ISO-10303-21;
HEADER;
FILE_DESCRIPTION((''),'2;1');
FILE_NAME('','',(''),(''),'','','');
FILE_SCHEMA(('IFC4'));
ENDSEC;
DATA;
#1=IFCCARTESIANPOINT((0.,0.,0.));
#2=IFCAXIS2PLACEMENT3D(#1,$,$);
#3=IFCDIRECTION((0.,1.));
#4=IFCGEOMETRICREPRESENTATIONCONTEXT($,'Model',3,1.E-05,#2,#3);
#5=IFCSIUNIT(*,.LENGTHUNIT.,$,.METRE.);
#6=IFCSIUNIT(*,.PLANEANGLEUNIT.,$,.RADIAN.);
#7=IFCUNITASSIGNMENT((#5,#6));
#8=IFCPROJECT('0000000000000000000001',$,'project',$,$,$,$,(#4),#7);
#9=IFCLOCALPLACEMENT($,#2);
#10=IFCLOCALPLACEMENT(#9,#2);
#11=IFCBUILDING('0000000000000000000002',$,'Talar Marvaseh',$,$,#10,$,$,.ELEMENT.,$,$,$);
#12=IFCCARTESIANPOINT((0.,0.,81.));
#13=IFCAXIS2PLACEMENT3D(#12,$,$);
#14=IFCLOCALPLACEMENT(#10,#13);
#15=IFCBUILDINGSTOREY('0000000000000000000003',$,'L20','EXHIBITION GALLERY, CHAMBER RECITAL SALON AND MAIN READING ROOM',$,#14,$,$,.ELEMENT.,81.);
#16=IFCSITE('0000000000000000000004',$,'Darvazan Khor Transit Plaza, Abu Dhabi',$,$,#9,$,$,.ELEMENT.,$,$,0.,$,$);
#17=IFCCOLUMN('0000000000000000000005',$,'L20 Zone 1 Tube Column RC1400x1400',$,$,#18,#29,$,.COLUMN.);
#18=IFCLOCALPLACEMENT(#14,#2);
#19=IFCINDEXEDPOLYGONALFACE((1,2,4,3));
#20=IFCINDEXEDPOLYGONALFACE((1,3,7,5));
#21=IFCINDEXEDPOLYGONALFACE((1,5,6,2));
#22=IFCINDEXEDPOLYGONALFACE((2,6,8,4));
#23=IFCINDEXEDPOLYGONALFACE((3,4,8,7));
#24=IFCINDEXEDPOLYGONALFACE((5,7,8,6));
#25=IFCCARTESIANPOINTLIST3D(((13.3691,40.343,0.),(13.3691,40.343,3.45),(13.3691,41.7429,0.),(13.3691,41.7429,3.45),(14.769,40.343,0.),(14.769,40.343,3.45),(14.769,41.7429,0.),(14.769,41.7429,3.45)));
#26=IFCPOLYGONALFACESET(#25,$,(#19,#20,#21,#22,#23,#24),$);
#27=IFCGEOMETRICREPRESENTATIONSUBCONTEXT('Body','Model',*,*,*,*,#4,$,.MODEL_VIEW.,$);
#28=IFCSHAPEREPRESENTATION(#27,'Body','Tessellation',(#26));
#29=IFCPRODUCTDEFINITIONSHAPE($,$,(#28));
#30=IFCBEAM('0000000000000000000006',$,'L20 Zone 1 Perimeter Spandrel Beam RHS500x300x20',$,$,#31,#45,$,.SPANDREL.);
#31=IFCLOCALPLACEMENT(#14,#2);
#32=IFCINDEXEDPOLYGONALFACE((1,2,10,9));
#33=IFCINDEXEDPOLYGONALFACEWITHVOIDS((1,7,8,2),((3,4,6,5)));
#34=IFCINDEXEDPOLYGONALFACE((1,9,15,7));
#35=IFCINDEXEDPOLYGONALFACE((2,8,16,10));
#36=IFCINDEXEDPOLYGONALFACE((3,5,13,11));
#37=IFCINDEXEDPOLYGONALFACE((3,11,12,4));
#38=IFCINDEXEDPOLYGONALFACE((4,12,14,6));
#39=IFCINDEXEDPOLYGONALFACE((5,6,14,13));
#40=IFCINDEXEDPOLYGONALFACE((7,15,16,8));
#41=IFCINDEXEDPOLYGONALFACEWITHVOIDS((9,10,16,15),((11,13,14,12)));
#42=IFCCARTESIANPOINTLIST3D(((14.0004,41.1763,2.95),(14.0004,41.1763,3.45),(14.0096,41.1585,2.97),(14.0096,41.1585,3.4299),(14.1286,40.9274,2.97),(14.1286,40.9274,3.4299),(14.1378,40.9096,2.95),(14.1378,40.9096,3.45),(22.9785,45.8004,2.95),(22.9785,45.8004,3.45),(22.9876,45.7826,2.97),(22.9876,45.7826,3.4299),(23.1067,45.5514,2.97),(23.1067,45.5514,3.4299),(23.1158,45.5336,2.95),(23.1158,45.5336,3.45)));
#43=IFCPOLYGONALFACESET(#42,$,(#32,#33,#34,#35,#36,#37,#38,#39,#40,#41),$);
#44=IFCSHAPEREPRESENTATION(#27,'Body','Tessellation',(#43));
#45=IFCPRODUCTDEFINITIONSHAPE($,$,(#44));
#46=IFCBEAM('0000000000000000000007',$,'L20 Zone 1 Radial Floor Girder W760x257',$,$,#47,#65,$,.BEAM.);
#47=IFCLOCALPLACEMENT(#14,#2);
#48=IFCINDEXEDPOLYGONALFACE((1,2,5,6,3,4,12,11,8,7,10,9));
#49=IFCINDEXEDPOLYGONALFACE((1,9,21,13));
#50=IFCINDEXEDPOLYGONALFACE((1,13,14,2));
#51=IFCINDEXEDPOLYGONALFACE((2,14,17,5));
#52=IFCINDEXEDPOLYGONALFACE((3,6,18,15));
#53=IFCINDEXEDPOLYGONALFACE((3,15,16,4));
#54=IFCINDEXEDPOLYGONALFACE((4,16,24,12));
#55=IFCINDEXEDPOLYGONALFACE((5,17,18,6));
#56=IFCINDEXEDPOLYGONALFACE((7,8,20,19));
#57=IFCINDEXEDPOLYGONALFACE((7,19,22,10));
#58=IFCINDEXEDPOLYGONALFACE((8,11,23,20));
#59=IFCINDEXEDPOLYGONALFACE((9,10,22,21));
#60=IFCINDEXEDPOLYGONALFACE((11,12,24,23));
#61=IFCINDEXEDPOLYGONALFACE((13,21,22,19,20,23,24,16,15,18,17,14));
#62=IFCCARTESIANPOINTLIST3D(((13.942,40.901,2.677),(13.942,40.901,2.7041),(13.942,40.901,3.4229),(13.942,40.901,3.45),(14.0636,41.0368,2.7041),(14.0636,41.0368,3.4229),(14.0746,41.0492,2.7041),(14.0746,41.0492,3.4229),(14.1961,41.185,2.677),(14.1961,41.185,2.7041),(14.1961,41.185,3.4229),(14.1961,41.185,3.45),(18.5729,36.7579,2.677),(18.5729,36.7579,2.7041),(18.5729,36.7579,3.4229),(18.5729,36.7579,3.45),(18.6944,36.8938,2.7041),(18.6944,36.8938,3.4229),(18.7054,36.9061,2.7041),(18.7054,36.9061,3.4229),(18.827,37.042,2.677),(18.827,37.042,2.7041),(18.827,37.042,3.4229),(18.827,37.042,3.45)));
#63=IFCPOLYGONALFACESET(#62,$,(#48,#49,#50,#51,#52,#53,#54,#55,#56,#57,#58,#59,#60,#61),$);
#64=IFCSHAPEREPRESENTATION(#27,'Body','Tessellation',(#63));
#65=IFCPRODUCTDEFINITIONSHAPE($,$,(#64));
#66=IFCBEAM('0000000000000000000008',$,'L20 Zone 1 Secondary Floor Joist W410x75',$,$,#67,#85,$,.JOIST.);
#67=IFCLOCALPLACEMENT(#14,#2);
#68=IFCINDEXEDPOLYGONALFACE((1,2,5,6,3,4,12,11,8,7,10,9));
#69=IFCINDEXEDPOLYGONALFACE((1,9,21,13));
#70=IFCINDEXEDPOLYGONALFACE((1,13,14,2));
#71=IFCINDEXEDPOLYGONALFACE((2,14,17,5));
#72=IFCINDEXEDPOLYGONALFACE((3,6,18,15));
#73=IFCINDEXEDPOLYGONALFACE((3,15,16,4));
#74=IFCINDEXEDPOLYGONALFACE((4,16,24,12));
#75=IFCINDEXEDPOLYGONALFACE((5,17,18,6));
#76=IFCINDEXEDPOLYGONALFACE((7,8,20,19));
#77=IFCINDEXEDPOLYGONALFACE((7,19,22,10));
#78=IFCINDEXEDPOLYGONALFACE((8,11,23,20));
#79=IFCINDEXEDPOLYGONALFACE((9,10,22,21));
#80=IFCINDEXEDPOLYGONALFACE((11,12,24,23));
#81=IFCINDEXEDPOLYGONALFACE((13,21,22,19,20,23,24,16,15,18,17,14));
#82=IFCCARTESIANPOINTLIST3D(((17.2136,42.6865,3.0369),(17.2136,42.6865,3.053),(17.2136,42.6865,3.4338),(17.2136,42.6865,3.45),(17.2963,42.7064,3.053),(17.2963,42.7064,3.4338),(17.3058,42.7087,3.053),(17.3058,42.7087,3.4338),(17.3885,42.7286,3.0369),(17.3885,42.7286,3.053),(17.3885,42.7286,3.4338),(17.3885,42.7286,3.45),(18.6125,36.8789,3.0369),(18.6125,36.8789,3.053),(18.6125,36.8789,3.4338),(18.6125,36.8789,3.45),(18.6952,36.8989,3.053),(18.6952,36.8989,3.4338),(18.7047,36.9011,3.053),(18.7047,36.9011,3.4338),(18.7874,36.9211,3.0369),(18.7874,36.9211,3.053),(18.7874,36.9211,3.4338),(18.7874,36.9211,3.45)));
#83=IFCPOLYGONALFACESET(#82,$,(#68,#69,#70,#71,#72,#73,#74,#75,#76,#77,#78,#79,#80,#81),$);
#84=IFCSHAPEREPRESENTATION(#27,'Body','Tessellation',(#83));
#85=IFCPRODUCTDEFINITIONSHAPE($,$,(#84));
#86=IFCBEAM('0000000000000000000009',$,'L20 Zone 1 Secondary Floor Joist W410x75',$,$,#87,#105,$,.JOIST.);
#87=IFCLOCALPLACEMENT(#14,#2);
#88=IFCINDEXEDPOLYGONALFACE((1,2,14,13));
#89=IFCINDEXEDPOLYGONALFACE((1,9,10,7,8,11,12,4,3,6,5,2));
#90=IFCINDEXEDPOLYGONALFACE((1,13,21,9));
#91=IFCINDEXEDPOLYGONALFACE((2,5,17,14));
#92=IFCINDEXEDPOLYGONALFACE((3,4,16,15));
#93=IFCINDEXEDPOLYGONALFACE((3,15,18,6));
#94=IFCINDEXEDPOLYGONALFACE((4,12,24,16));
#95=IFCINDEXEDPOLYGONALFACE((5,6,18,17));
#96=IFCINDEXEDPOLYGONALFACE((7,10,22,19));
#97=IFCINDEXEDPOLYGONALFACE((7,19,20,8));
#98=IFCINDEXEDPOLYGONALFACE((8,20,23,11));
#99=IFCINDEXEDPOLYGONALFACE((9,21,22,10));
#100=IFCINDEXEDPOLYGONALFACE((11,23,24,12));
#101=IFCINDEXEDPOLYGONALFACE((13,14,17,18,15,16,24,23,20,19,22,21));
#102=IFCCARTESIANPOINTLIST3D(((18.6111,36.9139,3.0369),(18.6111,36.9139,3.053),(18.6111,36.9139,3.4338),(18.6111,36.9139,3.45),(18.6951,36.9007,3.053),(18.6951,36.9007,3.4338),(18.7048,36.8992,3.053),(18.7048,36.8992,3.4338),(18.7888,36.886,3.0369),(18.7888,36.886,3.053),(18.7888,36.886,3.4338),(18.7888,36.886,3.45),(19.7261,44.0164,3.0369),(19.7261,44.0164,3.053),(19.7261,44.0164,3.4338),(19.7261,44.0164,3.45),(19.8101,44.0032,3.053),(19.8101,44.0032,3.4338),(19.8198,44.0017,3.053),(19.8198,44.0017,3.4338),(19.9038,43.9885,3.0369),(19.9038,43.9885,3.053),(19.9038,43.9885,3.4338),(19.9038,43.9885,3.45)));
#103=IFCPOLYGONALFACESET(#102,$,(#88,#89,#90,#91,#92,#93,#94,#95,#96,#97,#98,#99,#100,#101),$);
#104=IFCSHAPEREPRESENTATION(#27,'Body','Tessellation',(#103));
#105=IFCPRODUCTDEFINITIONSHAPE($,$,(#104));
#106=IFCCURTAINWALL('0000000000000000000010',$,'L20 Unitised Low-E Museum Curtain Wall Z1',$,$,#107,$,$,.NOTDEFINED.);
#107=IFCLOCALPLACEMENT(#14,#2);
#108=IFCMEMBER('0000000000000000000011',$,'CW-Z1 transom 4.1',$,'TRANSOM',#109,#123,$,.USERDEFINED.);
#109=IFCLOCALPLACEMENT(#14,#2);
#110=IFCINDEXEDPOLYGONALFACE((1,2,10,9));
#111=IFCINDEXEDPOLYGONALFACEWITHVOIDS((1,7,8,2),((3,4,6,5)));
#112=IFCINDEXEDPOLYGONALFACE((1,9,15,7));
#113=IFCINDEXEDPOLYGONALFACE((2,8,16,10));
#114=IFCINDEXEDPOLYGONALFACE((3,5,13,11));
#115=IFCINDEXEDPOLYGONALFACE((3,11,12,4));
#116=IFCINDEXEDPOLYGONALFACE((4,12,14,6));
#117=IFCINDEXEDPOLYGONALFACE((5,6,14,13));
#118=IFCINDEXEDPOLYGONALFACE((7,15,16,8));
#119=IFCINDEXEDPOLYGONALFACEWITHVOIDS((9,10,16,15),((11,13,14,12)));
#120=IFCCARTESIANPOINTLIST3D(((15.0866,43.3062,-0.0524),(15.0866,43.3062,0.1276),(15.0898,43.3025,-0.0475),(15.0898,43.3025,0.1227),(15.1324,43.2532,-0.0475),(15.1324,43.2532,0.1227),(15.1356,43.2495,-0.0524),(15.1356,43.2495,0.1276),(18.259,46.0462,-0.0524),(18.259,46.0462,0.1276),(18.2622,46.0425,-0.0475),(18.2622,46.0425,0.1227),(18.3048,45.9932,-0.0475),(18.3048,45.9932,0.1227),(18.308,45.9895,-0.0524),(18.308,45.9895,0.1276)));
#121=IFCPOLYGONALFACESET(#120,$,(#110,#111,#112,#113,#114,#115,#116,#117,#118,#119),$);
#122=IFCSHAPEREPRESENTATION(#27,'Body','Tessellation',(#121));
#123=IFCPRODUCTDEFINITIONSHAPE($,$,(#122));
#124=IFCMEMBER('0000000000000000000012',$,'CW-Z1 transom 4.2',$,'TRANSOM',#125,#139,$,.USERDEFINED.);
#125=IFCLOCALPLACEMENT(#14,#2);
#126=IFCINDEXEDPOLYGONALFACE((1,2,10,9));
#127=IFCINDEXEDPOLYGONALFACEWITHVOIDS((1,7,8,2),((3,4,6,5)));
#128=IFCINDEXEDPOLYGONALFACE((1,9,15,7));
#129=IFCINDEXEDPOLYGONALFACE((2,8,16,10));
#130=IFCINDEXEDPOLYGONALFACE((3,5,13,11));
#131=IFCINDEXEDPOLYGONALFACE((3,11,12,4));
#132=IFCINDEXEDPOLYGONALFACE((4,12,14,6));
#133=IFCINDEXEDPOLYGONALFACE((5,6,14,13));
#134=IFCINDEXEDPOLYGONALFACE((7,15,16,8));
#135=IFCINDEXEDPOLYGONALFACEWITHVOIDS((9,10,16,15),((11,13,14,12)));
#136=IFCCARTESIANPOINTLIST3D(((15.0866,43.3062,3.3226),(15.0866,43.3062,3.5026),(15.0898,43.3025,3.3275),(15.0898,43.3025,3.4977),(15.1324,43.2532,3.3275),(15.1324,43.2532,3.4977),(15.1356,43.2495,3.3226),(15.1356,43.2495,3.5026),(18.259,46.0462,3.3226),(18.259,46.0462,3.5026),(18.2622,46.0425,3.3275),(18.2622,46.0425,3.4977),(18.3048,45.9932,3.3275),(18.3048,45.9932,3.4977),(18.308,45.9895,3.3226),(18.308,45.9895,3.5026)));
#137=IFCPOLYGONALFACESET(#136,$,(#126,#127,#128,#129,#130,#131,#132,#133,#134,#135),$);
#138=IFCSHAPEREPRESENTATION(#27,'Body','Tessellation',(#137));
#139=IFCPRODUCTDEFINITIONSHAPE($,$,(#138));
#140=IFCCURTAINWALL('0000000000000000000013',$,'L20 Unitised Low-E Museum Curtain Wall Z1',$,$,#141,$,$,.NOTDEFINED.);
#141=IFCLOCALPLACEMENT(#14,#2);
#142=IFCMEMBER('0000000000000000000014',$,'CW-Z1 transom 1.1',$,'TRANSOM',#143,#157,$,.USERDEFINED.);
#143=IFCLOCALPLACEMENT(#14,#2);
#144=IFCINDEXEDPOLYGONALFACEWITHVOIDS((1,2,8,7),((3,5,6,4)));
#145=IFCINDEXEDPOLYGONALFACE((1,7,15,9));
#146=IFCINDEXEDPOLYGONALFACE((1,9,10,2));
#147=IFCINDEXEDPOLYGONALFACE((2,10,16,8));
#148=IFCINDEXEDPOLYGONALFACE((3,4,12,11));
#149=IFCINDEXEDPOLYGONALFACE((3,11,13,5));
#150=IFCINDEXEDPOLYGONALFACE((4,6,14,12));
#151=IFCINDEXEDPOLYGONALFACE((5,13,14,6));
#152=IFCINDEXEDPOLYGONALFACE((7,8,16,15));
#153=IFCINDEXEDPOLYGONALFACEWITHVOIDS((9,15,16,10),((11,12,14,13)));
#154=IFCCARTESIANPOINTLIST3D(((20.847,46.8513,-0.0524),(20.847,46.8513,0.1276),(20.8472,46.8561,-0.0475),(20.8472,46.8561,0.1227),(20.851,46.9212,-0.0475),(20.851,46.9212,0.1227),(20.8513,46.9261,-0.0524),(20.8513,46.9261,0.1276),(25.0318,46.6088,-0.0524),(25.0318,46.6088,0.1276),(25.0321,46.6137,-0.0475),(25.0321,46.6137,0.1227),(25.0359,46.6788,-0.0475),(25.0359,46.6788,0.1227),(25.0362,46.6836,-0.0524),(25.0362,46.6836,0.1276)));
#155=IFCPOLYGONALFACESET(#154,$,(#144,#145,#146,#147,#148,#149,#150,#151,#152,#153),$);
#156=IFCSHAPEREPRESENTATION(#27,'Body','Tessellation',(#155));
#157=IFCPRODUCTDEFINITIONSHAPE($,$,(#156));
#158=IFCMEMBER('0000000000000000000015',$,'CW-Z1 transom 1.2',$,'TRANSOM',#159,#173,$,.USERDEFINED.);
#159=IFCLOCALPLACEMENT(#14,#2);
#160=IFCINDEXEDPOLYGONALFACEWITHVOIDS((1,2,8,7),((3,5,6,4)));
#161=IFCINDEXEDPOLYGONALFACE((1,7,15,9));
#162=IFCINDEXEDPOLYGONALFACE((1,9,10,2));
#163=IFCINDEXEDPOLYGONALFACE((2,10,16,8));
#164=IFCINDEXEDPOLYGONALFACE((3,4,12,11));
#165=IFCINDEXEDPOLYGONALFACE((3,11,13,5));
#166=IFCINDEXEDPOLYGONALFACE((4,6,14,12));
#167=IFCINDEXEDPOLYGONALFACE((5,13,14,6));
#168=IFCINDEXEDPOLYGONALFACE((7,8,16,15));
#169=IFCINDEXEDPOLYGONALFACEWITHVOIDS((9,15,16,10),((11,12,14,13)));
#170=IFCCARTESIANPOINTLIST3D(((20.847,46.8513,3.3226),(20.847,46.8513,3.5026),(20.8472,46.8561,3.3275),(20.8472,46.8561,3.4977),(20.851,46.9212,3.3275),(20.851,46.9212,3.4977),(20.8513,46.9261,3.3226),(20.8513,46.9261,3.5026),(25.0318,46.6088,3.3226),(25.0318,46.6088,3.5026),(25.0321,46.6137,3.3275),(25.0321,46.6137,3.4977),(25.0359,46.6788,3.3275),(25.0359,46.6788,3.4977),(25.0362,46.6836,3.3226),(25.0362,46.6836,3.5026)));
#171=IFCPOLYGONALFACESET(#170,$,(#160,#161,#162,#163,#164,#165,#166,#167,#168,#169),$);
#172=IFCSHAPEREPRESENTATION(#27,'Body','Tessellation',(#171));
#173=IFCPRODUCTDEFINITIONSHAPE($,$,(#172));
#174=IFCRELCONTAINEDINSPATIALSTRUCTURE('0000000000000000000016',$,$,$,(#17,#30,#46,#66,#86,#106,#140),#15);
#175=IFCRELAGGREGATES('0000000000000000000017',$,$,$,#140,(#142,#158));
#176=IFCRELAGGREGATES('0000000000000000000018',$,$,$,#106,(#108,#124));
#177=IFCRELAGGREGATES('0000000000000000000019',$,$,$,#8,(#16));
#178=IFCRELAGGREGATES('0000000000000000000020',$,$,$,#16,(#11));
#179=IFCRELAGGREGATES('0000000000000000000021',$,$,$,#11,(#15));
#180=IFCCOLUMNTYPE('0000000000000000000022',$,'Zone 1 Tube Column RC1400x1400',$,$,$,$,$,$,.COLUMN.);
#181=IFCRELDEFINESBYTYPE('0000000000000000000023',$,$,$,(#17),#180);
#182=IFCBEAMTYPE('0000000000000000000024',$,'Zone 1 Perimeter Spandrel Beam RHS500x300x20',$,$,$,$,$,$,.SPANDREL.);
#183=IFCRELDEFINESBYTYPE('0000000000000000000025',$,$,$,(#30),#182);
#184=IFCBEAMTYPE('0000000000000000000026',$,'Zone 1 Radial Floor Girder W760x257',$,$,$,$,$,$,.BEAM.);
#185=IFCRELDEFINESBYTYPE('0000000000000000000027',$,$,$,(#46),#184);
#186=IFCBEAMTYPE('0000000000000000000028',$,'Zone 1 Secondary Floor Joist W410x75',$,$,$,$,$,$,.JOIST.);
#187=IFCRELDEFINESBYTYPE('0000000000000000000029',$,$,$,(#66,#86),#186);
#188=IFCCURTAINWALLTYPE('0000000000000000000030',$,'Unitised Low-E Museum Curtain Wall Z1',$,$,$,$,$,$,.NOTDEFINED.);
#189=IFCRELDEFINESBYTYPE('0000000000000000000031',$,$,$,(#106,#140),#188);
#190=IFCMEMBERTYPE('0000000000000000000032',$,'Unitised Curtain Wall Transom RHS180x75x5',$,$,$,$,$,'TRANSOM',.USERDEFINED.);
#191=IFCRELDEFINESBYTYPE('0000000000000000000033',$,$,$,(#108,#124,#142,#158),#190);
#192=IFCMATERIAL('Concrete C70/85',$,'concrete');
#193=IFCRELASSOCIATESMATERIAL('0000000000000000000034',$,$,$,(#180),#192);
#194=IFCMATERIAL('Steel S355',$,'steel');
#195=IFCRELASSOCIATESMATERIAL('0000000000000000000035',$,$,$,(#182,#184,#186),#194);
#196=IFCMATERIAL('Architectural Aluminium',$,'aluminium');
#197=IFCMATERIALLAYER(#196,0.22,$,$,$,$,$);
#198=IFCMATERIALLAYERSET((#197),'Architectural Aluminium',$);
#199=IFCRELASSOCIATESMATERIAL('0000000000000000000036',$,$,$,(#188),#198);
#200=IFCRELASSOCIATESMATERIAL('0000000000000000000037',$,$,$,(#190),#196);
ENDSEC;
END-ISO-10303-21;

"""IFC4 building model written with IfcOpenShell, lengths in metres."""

from ifc_helpers import new_model, si_unit, direction, frame, origin, origin_2d, place, context, subcontext, project, spatial, rectangle, hollow_rectangle, i_section, extrude, source, transform, mapped, material, layer, layer_set, material_profile, profile_set, type_object, type_shapes, element, aggregate, save


model = new_model("IFC4")

# Units and contexts
model_context = context("Model", 3, precision=1e-05, world=origin(), true_north=direction((0.0, 1.0)))
body_context = subcontext(model_context, "Body", "Model", "MODEL_VIEW")
ifc_project = project(units=[si_unit("LENGTHUNIT", "METRE"), si_unit("PLANEANGLEUNIT", "RADIAN")], contexts=[model_context])

# Site, building, storey
site_placement = place(None, origin())
site = spatial("IfcSite", under=ifc_project, at=site_placement, Name="Darvazan Khor Transit Plaza, Abu Dhabi", CompositionType="ELEMENT", RefElevation=0.0)
building_placement = place(site_placement, origin())
building = spatial("IfcBuilding", under=site, at=building_placement, Name="Talar Marvaseh", CompositionType="ELEMENT")
storey_placement = place(building_placement, frame((0.0, 0.0, 81.0)))
storey = spatial("IfcBuildingStorey", under=building, at=storey_placement, Name="L20", Description="EXHIBITION GALLERY, CHAMBER RECITAL SALON AND MAIN READING ROOM", CompositionType="ELEMENT", Elevation=81.0)

# Column
ifc_material_1 = material(Name="Concrete C70/85", Category="concrete")
ifc_material_profile_1 = material_profile(ifc_material_1, rectangle(XDim=1.3999, YDim=1.3999, at=origin_2d()), Name="RC1400x1400")
ifc_profile_set_1 = profile_set([ifc_material_profile_1], Name="Concrete C70/85")
column_type = type_object("IfcColumnType", Name="Zone 1 Tube Column RC1400x1400", PredefinedType="COLUMN", material=ifc_profile_set_1)
column_placement = place(storey_placement, frame((14.0691, 41.043, 0.0), z_axis=(0.0, 0.0, 1.0), x_axis=(1.0, 0.0, 0.0)))
element("IfcColumn", 1, at=column_placement, inside=storey, type_object=column_type, Name="L20 Zone 1 Tube Column RC1400x1400", PredefinedType="COLUMN", context=body_context, shape_type="SweptSolid", body=[
    extrude(rectangle(XDim=1.3999, YDim=1.3999, at=origin_2d()), origin(), (0.0, 0.0, 1.0), 3.45),
])

# Beams
ifc_material_2 = material(Name="Steel S355", Category="steel")
ifc_material_profile_2 = material_profile(ifc_material_2, hollow_rectangle(XDim=0.3, YDim=0.5, WallThickness=0.02, at=origin_2d()), Name="RHS500x300x20")
ifc_profile_set_2 = profile_set([ifc_material_profile_2], Name="Steel S355")
beam_type_1 = type_object("IfcBeamType", Name="Zone 1 Perimeter Spandrel Beam RHS500x300x20", PredefinedType="SPANDREL", material=ifc_profile_set_2)
beam_1_placement = place(storey_placement, frame((14.0691, 41.043, 3.2), z_axis=(0.889016, 0.457877, 0.0), x_axis=(-0.457877, 0.889016, 0.0)))
element("IfcBeam", 2, at=beam_1_placement, inside=storey, type_object=beam_type_1, Name="L20 Zone 1 Perimeter Spandrel Beam RHS500x300x20", PredefinedType="SPANDREL", context=body_context, shape_type="SweptSolid", body=[
    extrude(hollow_rectangle(XDim=0.3, YDim=0.5, WallThickness=0.02, at=origin_2d()), origin(), (0.0, 0.0, 1.0), 10.0989),
])
ifc_material_profile_3 = material_profile(ifc_material_2, i_section(OverallWidth=0.3811, OverallDepth=0.7729, WebThickness=0.0166, FlangeThickness=0.0271, at=origin_2d()), Name="W760x257")
ifc_profile_set_3 = profile_set([ifc_material_profile_3], Name="Steel S355")
beam_type_2 = type_object("IfcBeamType", Name="Zone 1 Radial Floor Girder W760x257", PredefinedType="BEAM", material=ifc_profile_set_3)
beam_2_placement = place(storey_placement, frame((14.0691, 41.043, 3.0635), z_axis=(0.745268, -0.666765, 0.0), x_axis=(0.666765, 0.745268, 0.0)))
element("IfcBeam", 3, at=beam_2_placement, inside=storey, type_object=beam_type_2, Name="L20 Zone 1 Radial Floor Girder W760x257", PredefinedType="BEAM", context=body_context, shape_type="SweptSolid", body=[
    extrude(i_section(OverallWidth=0.3811, OverallDepth=0.7729, WebThickness=0.0166, FlangeThickness=0.0271, at=origin_2d()), origin(), (0.0, 0.0, 1.0), 6.2136),
])
ifc_material_profile_4 = material_profile(ifc_material_2, i_section(OverallWidth=0.1799, OverallDepth=0.4131, WebThickness=0.0098, FlangeThickness=0.0161, at=origin_2d()), Name="W410x75")
ifc_profile_set_4 = profile_set([ifc_material_profile_4], Name="Steel S355")
beam_type_3 = type_object("IfcBeamType", Name="Zone 1 Secondary Floor Joist W410x75", PredefinedType="JOIST", material=ifc_profile_set_4)
beam_3_placement = place(storey_placement, frame((17.301, 42.7075, 3.2434), z_axis=(0.23418, -0.972193, 0.0), x_axis=(0.972193, 0.23418, 0.0)))
element("IfcBeam", 4, at=beam_3_placement, inside=storey, type_object=beam_type_3, Name="L20 Zone 1 Secondary Floor Joist W410x75", PredefinedType="JOIST", context=body_context, shape_type="SweptSolid", body=[
    extrude(i_section(OverallWidth=0.1799, OverallDepth=0.4131, WebThickness=0.0098, FlangeThickness=0.0161, at=origin_2d()), origin(), (0.0, 0.0, 1.0), 5.9736),
])
beam_4_placement = place(storey_placement, frame((19.8149, 44.0024, 3.2434), z_axis=(-0.155085, -0.987901, 0.0), x_axis=(0.987901, -0.155085, 0.0)))
element("IfcBeam", 5, at=beam_4_placement, inside=storey, type_object=beam_type_3, Name="L20 Zone 1 Secondary Floor Joist W410x75", PredefinedType="JOIST", context=body_context, shape_type="SweptSolid", body=[
    extrude(i_section(OverallWidth=0.1799, OverallDepth=0.4131, WebThickness=0.0098, FlangeThickness=0.0161, at=origin_2d()), origin(), (0.0, 0.0, 1.0), 7.1895),
])

# Curtain walls, members
ifc_material_3 = material(Name="Architectural Aluminium", Category="aluminium")
ifc_layer_1 = layer(ifc_material_3, 0.22)
ifc_layer_set_1 = layer_set([ifc_layer_1], Name="Architectural Aluminium")
curtain_wall_type = type_object("IfcCurtainWallType", Name="Unitised Low-E Museum Curtain Wall Z1", PredefinedType="NOTDEFINED", material=ifc_layer_set_1)
curtain_wall_1_placement = place(storey_placement, origin())
curtain_wall_1 = element("IfcCurtainWall", 6, at=curtain_wall_1_placement, inside=storey, type_object=curtain_wall_type, Name="L20 Unitised Low-E Museum Curtain Wall Z1", PredefinedType="NOTDEFINED")
ifc_material_profile_5 = material_profile(ifc_material_3, hollow_rectangle(XDim=0.075, YDim=0.1799, WallThickness=0.0049, at=origin_2d()), Name="RHS180x75x5")
ifc_profile_set_5 = profile_set([ifc_material_profile_5], Name="Architectural Aluminium")
member_type_1 = type_object("IfcMemberType", Name="Unitised Curtain Wall Transom RHS180x75x5", ElementType="TRANSOM", PredefinedType="USERDEFINED", material=ifc_profile_set_5)
shared_shape_1 = source(origin(), body_context, "Body", "SweptSolid", [
    extrude(hollow_rectangle(XDim=0.075, YDim=0.1799, WallThickness=0.0049, at=origin_2d()), origin(), (0.0, 0.0, 1.0), 4.1919),
])
type_shapes(member_type_1, [shared_shape_1])
member_1_placement = place(storey_placement, frame((15.1111, 43.2778, 0.0376), z_axis=(0.756797, 0.65365, 0.0), x_axis=(-0.65365, 0.756797, 0.0)))
member_1 = element("IfcMember", 7, at=member_1_placement, type_object=member_type_1, Name="CW-Z1 transom 4.1", ObjectType="TRANSOM", PredefinedType="USERDEFINED", context=body_context, shape_type="MappedRepresentation", body=[
    mapped(shared_shape_1, transform((0.0, 0.0, 0.0), x_axis=(1.0, 0.0, 0.0), y_axis=(0.0, 1.0, 0.0), z_axis=(0.0, 0.0, 1.0), scale=1.0)),
])
member_2_placement = place(storey_placement, frame((15.1111, 43.2778, 3.4126), z_axis=(0.756797, 0.65365, 0.0), x_axis=(-0.65365, 0.756797, 0.0)))
member_2 = element("IfcMember", 8, at=member_2_placement, type_object=member_type_1, Name="CW-Z1 transom 4.2", ObjectType="TRANSOM", PredefinedType="USERDEFINED", context=body_context, shape_type="MappedRepresentation", body=[
    mapped(shared_shape_1, transform((0.0, 0.0, 0.0), x_axis=(1.0, 0.0, 0.0), y_axis=(0.0, 1.0, 0.0), z_axis=(0.0, 0.0, 1.0), scale=1.0)),
])
curtain_wall_2_placement = place(storey_placement, origin())
curtain_wall_2 = element("IfcCurtainWall", 9, at=curtain_wall_2_placement, inside=storey, type_object=curtain_wall_type, Name="L20 Unitised Low-E Museum Curtain Wall Z1", PredefinedType="NOTDEFINED")
member_3_placement = place(storey_placement, frame((20.8491, 46.8887, 0.0376), z_axis=(0.998326, -0.057834, 0.0), x_axis=(0.057834, 0.998326, 0.0)))
member_3 = element("IfcMember", 10, at=member_3_placement, type_object=member_type_1, Name="CW-Z1 transom 1.1", ObjectType="TRANSOM", PredefinedType="USERDEFINED", context=body_context, shape_type="MappedRepresentation", body=[
    mapped(shared_shape_1, transform((0.0, 0.0, 0.0), x_axis=(1.0, 0.0, 0.0), y_axis=(0.0, 1.0, 0.0), z_axis=(0.0, 0.0, 1.0), scale=1.0)),
])
member_4_placement = place(storey_placement, frame((20.8491, 46.8887, 3.4126), z_axis=(0.998326, -0.057834, 0.0), x_axis=(0.057834, 0.998326, 0.0)))
member_4 = element("IfcMember", 11, at=member_4_placement, type_object=member_type_1, Name="CW-Z1 transom 1.2", ObjectType="TRANSOM", PredefinedType="USERDEFINED", context=body_context, shape_type="MappedRepresentation", body=[
    mapped(shared_shape_1, transform((0.0, 0.0, 0.0), x_axis=(1.0, 0.0, 0.0), y_axis=(0.0, 1.0, 0.0), z_axis=(0.0, 0.0, 1.0), scale=1.0)),
])

aggregate(curtain_wall_2, [member_3, member_4])

aggregate(curtain_wall_1, [member_1, member_2])

save(model, "model.ifc")
